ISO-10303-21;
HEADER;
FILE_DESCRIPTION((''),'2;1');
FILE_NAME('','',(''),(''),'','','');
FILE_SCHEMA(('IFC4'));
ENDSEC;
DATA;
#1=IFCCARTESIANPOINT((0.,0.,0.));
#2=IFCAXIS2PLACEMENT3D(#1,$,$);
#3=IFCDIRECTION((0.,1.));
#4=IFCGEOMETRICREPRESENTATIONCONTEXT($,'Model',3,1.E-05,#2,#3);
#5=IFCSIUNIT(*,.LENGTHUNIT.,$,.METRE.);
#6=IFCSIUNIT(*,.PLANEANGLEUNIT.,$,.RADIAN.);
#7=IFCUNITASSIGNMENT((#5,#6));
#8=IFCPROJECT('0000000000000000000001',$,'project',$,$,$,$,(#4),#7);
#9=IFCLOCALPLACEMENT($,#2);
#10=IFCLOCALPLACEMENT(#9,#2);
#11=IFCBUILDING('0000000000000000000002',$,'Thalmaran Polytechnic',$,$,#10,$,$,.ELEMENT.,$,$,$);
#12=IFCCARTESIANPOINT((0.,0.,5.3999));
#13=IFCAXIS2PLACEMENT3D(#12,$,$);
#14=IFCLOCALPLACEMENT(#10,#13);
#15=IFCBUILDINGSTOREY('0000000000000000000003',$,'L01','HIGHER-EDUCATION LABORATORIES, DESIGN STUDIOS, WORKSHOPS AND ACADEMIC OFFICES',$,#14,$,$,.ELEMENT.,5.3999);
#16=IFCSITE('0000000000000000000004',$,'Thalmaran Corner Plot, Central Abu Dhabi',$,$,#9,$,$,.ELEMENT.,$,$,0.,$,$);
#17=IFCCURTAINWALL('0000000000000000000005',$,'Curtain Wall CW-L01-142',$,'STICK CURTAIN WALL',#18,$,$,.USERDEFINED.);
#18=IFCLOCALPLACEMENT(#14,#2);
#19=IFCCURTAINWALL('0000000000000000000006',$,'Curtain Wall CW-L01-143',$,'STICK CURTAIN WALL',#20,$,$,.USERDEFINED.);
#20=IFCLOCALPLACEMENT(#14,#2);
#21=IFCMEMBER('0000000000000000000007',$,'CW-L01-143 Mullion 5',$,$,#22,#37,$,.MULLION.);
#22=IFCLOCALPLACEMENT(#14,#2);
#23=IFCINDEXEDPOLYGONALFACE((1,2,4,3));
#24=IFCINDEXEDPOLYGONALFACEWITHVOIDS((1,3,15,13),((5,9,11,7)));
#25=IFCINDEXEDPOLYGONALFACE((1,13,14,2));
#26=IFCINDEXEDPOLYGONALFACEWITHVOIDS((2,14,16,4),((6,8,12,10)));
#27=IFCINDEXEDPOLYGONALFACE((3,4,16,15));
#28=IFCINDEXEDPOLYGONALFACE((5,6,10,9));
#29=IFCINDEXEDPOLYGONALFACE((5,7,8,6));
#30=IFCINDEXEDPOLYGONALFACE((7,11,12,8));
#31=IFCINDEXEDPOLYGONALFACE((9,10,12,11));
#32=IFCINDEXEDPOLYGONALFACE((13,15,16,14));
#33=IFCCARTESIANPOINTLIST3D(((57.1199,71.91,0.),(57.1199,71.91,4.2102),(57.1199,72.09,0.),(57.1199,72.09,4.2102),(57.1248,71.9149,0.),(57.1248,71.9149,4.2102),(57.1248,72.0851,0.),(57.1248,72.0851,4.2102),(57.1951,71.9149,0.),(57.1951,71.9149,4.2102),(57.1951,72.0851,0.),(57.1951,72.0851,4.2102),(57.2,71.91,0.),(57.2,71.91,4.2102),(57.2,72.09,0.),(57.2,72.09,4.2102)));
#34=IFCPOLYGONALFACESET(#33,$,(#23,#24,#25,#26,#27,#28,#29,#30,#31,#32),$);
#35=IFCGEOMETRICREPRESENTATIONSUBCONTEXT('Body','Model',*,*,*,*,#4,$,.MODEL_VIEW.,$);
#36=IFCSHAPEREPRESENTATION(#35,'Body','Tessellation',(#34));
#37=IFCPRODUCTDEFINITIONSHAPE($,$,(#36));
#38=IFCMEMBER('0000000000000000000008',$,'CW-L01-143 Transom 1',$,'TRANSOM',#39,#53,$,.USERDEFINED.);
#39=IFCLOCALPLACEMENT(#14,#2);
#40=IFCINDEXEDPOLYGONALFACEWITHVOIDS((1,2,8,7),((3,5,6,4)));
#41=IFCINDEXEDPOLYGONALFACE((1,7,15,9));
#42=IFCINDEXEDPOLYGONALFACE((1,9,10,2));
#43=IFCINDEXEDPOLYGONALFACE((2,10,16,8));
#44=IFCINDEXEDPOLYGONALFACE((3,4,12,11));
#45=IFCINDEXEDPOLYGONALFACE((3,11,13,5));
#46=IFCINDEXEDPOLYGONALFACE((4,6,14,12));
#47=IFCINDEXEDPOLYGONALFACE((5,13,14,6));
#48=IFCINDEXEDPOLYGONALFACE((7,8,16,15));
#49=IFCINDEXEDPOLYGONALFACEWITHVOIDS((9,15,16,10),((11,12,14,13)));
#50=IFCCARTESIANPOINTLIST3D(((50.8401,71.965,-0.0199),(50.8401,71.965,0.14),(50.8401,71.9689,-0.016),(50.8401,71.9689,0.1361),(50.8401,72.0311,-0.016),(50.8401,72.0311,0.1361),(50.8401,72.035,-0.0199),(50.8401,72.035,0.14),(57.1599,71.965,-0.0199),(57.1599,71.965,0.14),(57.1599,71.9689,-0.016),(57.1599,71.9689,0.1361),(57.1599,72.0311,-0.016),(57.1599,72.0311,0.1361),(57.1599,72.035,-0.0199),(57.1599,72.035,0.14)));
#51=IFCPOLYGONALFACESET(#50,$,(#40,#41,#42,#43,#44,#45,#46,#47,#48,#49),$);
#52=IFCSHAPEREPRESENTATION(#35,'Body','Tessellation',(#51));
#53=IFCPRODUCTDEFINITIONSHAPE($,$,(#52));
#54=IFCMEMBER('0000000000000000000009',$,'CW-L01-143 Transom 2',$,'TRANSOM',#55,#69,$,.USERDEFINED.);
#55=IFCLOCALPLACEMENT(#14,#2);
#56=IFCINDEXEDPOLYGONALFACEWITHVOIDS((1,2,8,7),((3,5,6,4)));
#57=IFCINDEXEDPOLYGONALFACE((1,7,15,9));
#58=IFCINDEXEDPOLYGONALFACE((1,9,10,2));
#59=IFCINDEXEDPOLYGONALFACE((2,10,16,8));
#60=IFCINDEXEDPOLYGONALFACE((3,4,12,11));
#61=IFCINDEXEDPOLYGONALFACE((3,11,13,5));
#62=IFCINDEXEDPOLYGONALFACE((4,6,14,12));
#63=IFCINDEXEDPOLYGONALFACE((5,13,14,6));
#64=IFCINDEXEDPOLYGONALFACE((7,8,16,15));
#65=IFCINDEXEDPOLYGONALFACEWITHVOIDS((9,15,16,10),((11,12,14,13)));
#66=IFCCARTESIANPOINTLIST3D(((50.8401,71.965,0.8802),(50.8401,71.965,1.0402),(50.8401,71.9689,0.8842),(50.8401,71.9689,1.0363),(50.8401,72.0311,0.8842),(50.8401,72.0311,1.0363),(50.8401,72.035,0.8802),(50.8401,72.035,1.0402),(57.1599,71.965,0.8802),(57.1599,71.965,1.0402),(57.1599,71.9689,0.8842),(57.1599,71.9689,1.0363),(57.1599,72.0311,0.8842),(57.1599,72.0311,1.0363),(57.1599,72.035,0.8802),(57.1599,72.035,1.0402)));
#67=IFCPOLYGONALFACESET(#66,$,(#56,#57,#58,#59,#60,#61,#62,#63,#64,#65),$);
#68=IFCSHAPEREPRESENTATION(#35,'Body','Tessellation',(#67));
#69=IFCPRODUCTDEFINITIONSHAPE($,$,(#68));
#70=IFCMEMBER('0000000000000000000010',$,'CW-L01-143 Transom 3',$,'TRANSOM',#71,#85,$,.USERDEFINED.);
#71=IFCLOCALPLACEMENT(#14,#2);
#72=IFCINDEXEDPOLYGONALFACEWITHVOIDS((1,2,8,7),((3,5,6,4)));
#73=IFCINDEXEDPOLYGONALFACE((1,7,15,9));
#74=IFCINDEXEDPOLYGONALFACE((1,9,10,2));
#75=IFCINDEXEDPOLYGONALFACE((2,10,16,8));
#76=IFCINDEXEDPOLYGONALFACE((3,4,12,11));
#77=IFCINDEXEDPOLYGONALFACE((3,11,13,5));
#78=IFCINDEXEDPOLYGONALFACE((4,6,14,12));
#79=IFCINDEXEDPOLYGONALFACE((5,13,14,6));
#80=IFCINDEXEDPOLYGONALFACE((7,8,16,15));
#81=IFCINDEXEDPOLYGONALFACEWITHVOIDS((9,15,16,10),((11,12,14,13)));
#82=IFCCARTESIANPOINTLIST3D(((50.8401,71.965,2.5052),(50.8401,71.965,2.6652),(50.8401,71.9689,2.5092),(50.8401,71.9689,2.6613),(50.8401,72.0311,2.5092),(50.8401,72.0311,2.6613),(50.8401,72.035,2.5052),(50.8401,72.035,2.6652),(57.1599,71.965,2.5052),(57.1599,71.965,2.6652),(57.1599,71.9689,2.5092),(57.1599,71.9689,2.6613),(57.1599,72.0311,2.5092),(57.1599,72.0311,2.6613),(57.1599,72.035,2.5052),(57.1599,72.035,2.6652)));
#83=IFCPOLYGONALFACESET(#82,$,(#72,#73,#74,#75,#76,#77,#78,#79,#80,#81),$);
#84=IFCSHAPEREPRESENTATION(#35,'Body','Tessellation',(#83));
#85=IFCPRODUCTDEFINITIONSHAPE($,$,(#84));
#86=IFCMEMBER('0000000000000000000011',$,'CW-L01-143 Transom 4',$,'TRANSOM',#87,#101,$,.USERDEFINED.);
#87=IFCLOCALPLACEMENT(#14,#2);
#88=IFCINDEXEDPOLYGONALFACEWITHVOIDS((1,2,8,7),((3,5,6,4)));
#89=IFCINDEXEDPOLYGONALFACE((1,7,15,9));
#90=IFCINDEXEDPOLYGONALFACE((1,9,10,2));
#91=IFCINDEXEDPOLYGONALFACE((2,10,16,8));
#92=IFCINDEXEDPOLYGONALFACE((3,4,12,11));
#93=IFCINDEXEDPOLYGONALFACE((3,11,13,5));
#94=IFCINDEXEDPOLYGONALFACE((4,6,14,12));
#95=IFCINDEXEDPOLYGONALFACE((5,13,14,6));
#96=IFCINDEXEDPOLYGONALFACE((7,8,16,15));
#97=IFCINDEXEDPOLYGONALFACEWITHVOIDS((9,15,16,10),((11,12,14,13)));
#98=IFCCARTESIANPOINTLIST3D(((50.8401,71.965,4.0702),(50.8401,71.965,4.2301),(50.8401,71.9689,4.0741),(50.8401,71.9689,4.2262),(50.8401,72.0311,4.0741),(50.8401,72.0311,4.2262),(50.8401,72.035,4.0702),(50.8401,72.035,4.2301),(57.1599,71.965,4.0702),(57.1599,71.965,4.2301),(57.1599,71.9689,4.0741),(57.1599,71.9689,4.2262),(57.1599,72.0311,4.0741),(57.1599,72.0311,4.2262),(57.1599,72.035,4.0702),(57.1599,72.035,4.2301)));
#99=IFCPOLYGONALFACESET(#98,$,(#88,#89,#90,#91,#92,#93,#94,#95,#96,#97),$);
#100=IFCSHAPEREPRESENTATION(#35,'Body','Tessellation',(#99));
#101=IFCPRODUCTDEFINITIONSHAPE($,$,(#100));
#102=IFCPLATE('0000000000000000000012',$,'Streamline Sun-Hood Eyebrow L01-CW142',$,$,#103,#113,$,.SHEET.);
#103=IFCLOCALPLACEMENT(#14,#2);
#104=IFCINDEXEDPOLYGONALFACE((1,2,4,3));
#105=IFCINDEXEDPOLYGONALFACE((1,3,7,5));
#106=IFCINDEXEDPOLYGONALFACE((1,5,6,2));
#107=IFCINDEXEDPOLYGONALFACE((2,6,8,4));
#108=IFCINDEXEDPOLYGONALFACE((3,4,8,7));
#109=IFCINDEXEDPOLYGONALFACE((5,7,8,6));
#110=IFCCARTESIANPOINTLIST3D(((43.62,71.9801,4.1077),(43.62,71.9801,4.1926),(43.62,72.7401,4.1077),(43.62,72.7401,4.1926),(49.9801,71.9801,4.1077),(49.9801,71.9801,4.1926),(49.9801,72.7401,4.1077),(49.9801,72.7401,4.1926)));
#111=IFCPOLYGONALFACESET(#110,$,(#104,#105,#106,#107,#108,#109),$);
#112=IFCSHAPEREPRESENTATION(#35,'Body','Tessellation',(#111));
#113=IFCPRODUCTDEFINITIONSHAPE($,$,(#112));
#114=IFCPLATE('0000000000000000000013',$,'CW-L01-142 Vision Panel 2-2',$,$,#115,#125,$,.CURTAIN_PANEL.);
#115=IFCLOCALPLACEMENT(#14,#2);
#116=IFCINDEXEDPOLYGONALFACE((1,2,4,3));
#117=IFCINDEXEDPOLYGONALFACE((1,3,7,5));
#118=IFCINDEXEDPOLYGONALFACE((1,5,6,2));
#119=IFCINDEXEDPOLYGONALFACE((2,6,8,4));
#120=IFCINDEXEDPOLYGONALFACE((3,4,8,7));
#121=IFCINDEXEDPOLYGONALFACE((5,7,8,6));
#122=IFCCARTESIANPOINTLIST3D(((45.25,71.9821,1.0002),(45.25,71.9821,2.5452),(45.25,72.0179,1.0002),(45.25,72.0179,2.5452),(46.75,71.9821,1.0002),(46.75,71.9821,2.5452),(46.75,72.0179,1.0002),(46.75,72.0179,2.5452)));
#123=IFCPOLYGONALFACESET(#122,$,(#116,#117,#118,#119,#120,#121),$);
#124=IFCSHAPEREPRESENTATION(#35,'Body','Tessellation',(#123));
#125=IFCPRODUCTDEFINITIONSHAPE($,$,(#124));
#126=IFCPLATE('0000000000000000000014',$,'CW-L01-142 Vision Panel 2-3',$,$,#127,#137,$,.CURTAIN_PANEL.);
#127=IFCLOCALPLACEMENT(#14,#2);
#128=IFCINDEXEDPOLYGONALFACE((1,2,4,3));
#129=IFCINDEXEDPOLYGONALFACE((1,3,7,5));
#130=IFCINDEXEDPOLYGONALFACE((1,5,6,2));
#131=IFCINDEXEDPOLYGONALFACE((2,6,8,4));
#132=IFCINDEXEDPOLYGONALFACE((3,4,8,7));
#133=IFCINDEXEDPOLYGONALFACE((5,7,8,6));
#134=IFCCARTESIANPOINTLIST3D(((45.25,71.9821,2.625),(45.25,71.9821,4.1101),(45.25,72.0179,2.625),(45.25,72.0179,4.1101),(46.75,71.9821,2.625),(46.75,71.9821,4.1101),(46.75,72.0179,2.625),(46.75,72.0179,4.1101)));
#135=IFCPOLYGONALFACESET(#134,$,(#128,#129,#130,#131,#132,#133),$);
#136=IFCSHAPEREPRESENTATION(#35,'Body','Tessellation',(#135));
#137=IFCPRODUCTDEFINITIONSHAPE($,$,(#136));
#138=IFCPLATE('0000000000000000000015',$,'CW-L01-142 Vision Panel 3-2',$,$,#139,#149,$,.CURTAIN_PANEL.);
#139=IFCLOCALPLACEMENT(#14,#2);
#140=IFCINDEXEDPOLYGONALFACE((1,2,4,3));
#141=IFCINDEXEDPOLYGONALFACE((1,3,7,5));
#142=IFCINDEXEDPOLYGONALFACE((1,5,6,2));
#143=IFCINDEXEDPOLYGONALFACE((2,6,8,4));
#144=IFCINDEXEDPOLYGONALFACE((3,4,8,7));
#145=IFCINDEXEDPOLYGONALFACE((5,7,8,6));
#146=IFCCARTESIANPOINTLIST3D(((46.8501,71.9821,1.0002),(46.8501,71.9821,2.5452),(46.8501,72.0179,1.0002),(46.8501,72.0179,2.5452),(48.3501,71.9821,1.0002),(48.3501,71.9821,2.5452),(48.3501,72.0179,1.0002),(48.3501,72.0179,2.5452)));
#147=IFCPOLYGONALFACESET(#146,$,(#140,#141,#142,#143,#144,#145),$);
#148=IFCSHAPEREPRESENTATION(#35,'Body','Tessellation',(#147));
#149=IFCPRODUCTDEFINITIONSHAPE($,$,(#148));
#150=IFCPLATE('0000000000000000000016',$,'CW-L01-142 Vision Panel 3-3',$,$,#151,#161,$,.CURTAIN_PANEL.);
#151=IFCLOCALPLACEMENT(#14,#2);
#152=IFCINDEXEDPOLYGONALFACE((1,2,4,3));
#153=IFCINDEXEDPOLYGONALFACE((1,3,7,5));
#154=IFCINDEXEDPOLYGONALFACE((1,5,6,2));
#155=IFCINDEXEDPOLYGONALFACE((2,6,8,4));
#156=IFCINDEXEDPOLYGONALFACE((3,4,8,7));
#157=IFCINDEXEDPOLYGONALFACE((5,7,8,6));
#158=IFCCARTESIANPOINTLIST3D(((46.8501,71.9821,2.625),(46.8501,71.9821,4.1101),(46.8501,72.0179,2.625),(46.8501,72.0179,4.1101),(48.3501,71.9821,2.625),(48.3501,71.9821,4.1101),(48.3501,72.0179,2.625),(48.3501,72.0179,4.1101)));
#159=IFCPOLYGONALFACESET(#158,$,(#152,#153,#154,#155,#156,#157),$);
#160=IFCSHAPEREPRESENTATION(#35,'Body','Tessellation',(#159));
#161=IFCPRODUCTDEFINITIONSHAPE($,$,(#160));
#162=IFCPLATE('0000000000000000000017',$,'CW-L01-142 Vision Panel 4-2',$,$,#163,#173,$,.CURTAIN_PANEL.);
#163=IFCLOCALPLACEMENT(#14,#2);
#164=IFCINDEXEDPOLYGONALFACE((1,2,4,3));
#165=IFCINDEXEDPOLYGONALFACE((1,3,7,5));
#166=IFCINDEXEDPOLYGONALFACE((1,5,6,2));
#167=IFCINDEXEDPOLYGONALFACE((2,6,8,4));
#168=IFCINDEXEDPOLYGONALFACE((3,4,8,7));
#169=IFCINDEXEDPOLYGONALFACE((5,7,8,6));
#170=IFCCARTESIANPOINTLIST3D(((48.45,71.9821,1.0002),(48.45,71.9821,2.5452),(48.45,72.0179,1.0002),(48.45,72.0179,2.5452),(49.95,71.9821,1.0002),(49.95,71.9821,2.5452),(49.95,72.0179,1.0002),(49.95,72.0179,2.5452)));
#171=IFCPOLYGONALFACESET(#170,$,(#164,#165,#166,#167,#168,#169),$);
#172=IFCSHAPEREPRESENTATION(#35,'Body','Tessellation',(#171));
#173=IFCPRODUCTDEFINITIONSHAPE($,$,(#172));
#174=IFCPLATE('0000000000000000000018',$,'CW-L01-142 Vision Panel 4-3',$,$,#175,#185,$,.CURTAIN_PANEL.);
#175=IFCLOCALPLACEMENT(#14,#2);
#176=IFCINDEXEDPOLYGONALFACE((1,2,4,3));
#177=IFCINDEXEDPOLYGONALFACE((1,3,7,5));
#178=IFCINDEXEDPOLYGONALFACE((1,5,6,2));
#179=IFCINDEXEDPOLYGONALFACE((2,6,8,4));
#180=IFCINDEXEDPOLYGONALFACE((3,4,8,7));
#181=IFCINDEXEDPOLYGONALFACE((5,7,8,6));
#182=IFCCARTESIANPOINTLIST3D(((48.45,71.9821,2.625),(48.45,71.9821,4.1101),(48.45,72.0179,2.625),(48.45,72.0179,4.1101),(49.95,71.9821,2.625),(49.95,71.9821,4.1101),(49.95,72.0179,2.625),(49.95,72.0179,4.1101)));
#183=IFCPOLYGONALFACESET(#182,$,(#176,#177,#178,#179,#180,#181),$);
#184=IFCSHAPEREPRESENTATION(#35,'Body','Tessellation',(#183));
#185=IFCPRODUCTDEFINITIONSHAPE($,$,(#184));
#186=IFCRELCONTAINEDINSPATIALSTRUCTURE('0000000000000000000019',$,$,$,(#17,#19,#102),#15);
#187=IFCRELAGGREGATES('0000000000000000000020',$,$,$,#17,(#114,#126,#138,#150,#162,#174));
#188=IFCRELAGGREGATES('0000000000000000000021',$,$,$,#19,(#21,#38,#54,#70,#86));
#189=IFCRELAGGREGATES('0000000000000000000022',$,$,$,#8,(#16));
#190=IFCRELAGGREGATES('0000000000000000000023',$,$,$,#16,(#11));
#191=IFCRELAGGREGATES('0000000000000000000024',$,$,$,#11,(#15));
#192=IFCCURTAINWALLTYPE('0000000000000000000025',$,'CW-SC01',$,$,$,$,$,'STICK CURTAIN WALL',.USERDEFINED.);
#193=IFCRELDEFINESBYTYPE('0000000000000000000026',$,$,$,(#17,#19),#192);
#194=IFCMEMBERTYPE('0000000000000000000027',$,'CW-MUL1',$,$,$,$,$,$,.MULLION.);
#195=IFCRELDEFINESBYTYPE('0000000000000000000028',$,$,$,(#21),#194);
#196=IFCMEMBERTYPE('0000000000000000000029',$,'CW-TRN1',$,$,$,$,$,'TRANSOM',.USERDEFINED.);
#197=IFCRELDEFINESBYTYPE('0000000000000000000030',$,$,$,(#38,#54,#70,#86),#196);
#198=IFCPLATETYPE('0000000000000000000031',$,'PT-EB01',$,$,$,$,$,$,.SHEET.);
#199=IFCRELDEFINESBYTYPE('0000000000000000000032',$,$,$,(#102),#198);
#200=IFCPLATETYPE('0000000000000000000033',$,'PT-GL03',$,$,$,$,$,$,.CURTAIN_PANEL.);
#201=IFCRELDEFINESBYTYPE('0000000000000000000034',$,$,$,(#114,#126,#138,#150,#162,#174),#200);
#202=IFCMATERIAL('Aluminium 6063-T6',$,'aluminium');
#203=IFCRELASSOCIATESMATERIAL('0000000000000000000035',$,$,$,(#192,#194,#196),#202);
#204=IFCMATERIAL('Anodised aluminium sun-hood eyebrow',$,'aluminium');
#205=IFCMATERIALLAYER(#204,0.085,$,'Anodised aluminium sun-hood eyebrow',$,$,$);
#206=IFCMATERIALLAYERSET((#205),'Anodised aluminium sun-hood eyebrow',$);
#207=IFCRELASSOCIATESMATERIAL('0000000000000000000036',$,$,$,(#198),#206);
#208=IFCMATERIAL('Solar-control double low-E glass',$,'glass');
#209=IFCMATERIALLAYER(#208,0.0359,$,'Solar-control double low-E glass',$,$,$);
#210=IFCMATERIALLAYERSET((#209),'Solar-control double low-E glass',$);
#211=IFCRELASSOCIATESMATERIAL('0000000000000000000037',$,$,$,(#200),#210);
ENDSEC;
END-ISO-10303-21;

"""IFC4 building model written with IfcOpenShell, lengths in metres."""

from ifc_helpers import new_model, si_unit, direction, frame, origin, origin_2d, place, context, subcontext, project, spatial, rectangle, hollow_rectangle, extrude, material, layer, layer_set, material_profile, profile_set, type_object, element, aggregate, save


model = new_model("IFC4")

# Units and contexts
model_context = context("Model", 3, precision=1e-05, world=origin(), true_north=direction((0.0, 1.0)))
body_context = subcontext(model_context, "Body", "Model", "MODEL_VIEW")
ifc_project = project(units=[si_unit("LENGTHUNIT", "METRE"), si_unit("PLANEANGLEUNIT", "RADIAN")], contexts=[model_context])

# Site, building, storey
site_placement = place(None, origin())
site = spatial("IfcSite", under=ifc_project, at=site_placement, Name="Thalmaran Corner Plot, Central Abu Dhabi", CompositionType="ELEMENT", RefElevation=0.0)
building_placement = place(site_placement, origin())
building = spatial("IfcBuilding", under=site, at=building_placement, Name="Thalmaran Polytechnic", CompositionType="ELEMENT")
storey_placement = place(building_placement, frame((0.0, 0.0, 5.3999)))
storey = spatial("IfcBuildingStorey", under=building, at=storey_placement, Name="L01", Description="HIGHER-EDUCATION LABORATORIES, DESIGN STUDIOS, WORKSHOPS AND ACADEMIC OFFICES", CompositionType="ELEMENT", Elevation=5.3999)

# Curtain walls, members
ifc_material_1 = material(Name="Aluminium 6063-T6", Category="aluminium")
curtain_wall_type = type_object("IfcCurtainWallType", Name="CW-SC01", ElementType="STICK CURTAIN WALL", PredefinedType="USERDEFINED", material=ifc_material_1)
curtain_wall_1_placement = place(storey_placement, origin())
curtain_wall_1 = element("IfcCurtainWall", 1, at=curtain_wall_1_placement, inside=storey, type_object=curtain_wall_type, Name="Curtain Wall CW-L01-142", ObjectType="STICK CURTAIN WALL", PredefinedType="USERDEFINED")
ifc_material_profile_1 = material_profile(ifc_material_1, hollow_rectangle(XDim=0.0801, YDim=0.1799, WallThickness=0.0049, at=origin_2d()), Name="RHS 180x80x5.0")
ifc_profile_set_1 = profile_set([ifc_material_profile_1], Name="Aluminium 6063-T6")
member_type_1 = type_object("IfcMemberType", Name="CW-MUL1", PredefinedType="MULLION", material=ifc_profile_set_1)
curtain_wall_2_placement = place(storey_placement, origin())
curtain_wall_2 = element("IfcCurtainWall", 2, at=curtain_wall_2_placement, inside=storey, type_object=curtain_wall_type, Name="Curtain Wall CW-L01-143", ObjectType="STICK CURTAIN WALL", PredefinedType="USERDEFINED")
member_1_placement = place(storey_placement, frame((57.1599, 72.0, 0.0), z_axis=(0.0, 0.0, 1.0), x_axis=(1.0, 0.0, 0.0)))
member_1 = element("IfcMember", 3, at=member_1_placement, type_object=member_type_1, Name="CW-L01-143 Mullion 5", PredefinedType="MULLION", context=body_context, shape_type="SweptSolid", body=[
    extrude(hollow_rectangle(XDim=0.0801, YDim=0.1799, WallThickness=0.0049, at=origin_2d()), origin(), (0.0, 0.0, 1.0), 4.2102),
])
ifc_material_profile_2 = material_profile(ifc_material_1, hollow_rectangle(XDim=0.0701, YDim=0.1599, WallThickness=0.0039, at=origin_2d()), Name="AL 160x70x4.0")
ifc_profile_set_2 = profile_set([ifc_material_profile_2], Name="Aluminium 6063-T6")
member_type_2 = type_object("IfcMemberType", Name="CW-TRN1", ElementType="TRANSOM", PredefinedType="USERDEFINED", material=ifc_profile_set_2)
member_2_placement = place(storey_placement, frame((50.8401, 72.0, 0.0601), z_axis=(1.0, 0.0, 0.0), x_axis=(0.0, 1.0, 0.0)))
member_2 = element("IfcMember", 4, at=member_2_placement, type_object=member_type_2, Name="CW-L01-143 Transom 1", ObjectType="TRANSOM", PredefinedType="USERDEFINED", context=body_context, shape_type="SweptSolid", body=[
    extrude(hollow_rectangle(XDim=0.0701, YDim=0.1599, WallThickness=0.0039, at=origin_2d()), origin(), (0.0, 0.0, 1.0), 6.3198),
])
member_3_placement = place(storey_placement, frame((50.8401, 72.0, 0.9602), z_axis=(1.0, 0.0, 0.0), x_axis=(0.0, 1.0, 0.0)))
member_3 = element("IfcMember", 5, at=member_3_placement, type_object=member_type_2, Name="CW-L01-143 Transom 2", ObjectType="TRANSOM", PredefinedType="USERDEFINED", context=body_context, shape_type="SweptSolid", body=[
    extrude(hollow_rectangle(XDim=0.0701, YDim=0.1599, WallThickness=0.0039, at=origin_2d()), origin(), (0.0, 0.0, 1.0), 6.3198),
])
member_4_placement = place(storey_placement, frame((50.8401, 72.0, 2.5852), z_axis=(1.0, 0.0, 0.0), x_axis=(0.0, 1.0, 0.0)))
member_4 = element("IfcMember", 6, at=member_4_placement, type_object=member_type_2, Name="CW-L01-143 Transom 3", ObjectType="TRANSOM", PredefinedType="USERDEFINED", context=body_context, shape_type="SweptSolid", body=[
    extrude(hollow_rectangle(XDim=0.0701, YDim=0.1599, WallThickness=0.0039, at=origin_2d()), origin(), (0.0, 0.0, 1.0), 6.3198),
])
member_5_placement = place(storey_placement, frame((50.8401, 72.0, 4.1501), z_axis=(1.0, 0.0, 0.0), x_axis=(0.0, 1.0, 0.0)))
member_5 = element("IfcMember", 7, at=member_5_placement, type_object=member_type_2, Name="CW-L01-143 Transom 4", ObjectType="TRANSOM", PredefinedType="USERDEFINED", context=body_context, shape_type="SweptSolid", body=[
    extrude(hollow_rectangle(XDim=0.0701, YDim=0.1599, WallThickness=0.0039, at=origin_2d()), origin(), (0.0, 0.0, 1.0), 6.3198),
])

# Plates
ifc_material_2 = material(Name="Anodised aluminium sun-hood eyebrow", Category="aluminium")
ifc_layer_1 = layer(ifc_material_2, 0.085, Name="Anodised aluminium sun-hood eyebrow")
ifc_layer_set_1 = layer_set([ifc_layer_1], Name="Anodised aluminium sun-hood eyebrow")
plate_type_1 = type_object("IfcPlateType", Name="PT-EB01", PredefinedType="SHEET", material=ifc_layer_set_1)
plate_1_placement = place(storey_placement, frame((46.8, 72.3601, 4.1077), z_axis=(0.0, 0.0, 1.0), x_axis=(1.0, 0.0, 0.0)))
element("IfcPlate", 8, at=plate_1_placement, inside=storey, type_object=plate_type_1, Name="Streamline Sun-Hood Eyebrow L01-CW142", PredefinedType="SHEET", context=body_context, shape_type="SweptSolid", body=[
    extrude(rectangle(XDim=6.3601, YDim=0.76, at=origin_2d()), origin(), (0.0, 0.0, 1.0), 0.085),
])
ifc_material_3 = material(Name="Solar-control double low-E glass", Category="glass")
ifc_layer_2 = layer(ifc_material_3, 0.0359, Name="Solar-control double low-E glass")
ifc_layer_set_2 = layer_set([ifc_layer_2], Name="Solar-control double low-E glass")
plate_type_2 = type_object("IfcPlateType", Name="PT-GL03", PredefinedType="CURTAIN_PANEL", material=ifc_layer_set_2)
plate_2_placement = place(storey_placement, frame((46.0, 72.0, 1.0002), z_axis=(0.0, 0.0, 1.0), x_axis=(1.0, 0.0, 0.0)))
plate_2 = element("IfcPlate", 9, at=plate_2_placement, type_object=plate_type_2, Name="CW-L01-142 Vision Panel 2-2", PredefinedType="CURTAIN_PANEL", context=body_context, shape_type="SweptSolid", body=[
    extrude(rectangle(XDim=1.5, YDim=0.0359, at=origin_2d()), origin(), (0.0, 0.0, 1.0), 1.5449),
])
plate_3_placement = place(storey_placement, frame((46.0, 72.0, 2.625), z_axis=(0.0, 0.0, 1.0), x_axis=(1.0, 0.0, 0.0)))
plate_3 = element("IfcPlate", 10, at=plate_3_placement, type_object=plate_type_2, Name="CW-L01-142 Vision Panel 2-3", PredefinedType="CURTAIN_PANEL", context=body_context, shape_type="SweptSolid", body=[
    extrude(rectangle(XDim=1.5, YDim=0.0359, at=origin_2d()), origin(), (0.0, 0.0, 1.0), 1.4851),
])
plate_4_placement = place(storey_placement, frame((47.6001, 72.0, 1.0002), z_axis=(0.0, 0.0, 1.0), x_axis=(1.0, 0.0, 0.0)))
plate_4 = element("IfcPlate", 11, at=plate_4_placement, type_object=plate_type_2, Name="CW-L01-142 Vision Panel 3-2", PredefinedType="CURTAIN_PANEL", context=body_context, shape_type="SweptSolid", body=[
    extrude(rectangle(XDim=1.5, YDim=0.0359, at=origin_2d()), origin(), (0.0, 0.0, 1.0), 1.5449),
])
plate_5_placement = place(storey_placement, frame((47.6001, 72.0, 2.625), z_axis=(0.0, 0.0, 1.0), x_axis=(1.0, 0.0, 0.0)))
plate_5 = element("IfcPlate", 12, at=plate_5_placement, type_object=plate_type_2, Name="CW-L01-142 Vision Panel 3-3", PredefinedType="CURTAIN_PANEL", context=body_context, shape_type="SweptSolid", body=[
    extrude(rectangle(XDim=1.5, YDim=0.0359, at=origin_2d()), origin(), (0.0, 0.0, 1.0), 1.4851),
])
plate_6_placement = place(storey_placement, frame((49.2, 72.0, 1.0002), z_axis=(0.0, 0.0, 1.0), x_axis=(1.0, 0.0, 0.0)))
plate_6 = element("IfcPlate", 13, at=plate_6_placement, type_object=plate_type_2, Name="CW-L01-142 Vision Panel 4-2", PredefinedType="CURTAIN_PANEL", context=body_context, shape_type="SweptSolid", body=[
    extrude(rectangle(XDim=1.5, YDim=0.0359, at=origin_2d()), origin(), (0.0, 0.0, 1.0), 1.5449),
])
plate_7_placement = place(storey_placement, frame((49.2, 72.0, 2.625), z_axis=(0.0, 0.0, 1.0), x_axis=(1.0, 0.0, 0.0)))
plate_7 = element("IfcPlate", 14, at=plate_7_placement, type_object=plate_type_2, Name="CW-L01-142 Vision Panel 4-3", PredefinedType="CURTAIN_PANEL", context=body_context, shape_type="SweptSolid", body=[
    extrude(rectangle(XDim=1.5, YDim=0.0359, at=origin_2d()), origin(), (0.0, 0.0, 1.0), 1.4851),
])
aggregate(curtain_wall_1, [plate_2, plate_3, plate_4, plate_5, plate_6, plate_7])
aggregate(curtain_wall_2, [member_1, member_2, member_3, member_4, member_5])

save(model, "model.ifc")
